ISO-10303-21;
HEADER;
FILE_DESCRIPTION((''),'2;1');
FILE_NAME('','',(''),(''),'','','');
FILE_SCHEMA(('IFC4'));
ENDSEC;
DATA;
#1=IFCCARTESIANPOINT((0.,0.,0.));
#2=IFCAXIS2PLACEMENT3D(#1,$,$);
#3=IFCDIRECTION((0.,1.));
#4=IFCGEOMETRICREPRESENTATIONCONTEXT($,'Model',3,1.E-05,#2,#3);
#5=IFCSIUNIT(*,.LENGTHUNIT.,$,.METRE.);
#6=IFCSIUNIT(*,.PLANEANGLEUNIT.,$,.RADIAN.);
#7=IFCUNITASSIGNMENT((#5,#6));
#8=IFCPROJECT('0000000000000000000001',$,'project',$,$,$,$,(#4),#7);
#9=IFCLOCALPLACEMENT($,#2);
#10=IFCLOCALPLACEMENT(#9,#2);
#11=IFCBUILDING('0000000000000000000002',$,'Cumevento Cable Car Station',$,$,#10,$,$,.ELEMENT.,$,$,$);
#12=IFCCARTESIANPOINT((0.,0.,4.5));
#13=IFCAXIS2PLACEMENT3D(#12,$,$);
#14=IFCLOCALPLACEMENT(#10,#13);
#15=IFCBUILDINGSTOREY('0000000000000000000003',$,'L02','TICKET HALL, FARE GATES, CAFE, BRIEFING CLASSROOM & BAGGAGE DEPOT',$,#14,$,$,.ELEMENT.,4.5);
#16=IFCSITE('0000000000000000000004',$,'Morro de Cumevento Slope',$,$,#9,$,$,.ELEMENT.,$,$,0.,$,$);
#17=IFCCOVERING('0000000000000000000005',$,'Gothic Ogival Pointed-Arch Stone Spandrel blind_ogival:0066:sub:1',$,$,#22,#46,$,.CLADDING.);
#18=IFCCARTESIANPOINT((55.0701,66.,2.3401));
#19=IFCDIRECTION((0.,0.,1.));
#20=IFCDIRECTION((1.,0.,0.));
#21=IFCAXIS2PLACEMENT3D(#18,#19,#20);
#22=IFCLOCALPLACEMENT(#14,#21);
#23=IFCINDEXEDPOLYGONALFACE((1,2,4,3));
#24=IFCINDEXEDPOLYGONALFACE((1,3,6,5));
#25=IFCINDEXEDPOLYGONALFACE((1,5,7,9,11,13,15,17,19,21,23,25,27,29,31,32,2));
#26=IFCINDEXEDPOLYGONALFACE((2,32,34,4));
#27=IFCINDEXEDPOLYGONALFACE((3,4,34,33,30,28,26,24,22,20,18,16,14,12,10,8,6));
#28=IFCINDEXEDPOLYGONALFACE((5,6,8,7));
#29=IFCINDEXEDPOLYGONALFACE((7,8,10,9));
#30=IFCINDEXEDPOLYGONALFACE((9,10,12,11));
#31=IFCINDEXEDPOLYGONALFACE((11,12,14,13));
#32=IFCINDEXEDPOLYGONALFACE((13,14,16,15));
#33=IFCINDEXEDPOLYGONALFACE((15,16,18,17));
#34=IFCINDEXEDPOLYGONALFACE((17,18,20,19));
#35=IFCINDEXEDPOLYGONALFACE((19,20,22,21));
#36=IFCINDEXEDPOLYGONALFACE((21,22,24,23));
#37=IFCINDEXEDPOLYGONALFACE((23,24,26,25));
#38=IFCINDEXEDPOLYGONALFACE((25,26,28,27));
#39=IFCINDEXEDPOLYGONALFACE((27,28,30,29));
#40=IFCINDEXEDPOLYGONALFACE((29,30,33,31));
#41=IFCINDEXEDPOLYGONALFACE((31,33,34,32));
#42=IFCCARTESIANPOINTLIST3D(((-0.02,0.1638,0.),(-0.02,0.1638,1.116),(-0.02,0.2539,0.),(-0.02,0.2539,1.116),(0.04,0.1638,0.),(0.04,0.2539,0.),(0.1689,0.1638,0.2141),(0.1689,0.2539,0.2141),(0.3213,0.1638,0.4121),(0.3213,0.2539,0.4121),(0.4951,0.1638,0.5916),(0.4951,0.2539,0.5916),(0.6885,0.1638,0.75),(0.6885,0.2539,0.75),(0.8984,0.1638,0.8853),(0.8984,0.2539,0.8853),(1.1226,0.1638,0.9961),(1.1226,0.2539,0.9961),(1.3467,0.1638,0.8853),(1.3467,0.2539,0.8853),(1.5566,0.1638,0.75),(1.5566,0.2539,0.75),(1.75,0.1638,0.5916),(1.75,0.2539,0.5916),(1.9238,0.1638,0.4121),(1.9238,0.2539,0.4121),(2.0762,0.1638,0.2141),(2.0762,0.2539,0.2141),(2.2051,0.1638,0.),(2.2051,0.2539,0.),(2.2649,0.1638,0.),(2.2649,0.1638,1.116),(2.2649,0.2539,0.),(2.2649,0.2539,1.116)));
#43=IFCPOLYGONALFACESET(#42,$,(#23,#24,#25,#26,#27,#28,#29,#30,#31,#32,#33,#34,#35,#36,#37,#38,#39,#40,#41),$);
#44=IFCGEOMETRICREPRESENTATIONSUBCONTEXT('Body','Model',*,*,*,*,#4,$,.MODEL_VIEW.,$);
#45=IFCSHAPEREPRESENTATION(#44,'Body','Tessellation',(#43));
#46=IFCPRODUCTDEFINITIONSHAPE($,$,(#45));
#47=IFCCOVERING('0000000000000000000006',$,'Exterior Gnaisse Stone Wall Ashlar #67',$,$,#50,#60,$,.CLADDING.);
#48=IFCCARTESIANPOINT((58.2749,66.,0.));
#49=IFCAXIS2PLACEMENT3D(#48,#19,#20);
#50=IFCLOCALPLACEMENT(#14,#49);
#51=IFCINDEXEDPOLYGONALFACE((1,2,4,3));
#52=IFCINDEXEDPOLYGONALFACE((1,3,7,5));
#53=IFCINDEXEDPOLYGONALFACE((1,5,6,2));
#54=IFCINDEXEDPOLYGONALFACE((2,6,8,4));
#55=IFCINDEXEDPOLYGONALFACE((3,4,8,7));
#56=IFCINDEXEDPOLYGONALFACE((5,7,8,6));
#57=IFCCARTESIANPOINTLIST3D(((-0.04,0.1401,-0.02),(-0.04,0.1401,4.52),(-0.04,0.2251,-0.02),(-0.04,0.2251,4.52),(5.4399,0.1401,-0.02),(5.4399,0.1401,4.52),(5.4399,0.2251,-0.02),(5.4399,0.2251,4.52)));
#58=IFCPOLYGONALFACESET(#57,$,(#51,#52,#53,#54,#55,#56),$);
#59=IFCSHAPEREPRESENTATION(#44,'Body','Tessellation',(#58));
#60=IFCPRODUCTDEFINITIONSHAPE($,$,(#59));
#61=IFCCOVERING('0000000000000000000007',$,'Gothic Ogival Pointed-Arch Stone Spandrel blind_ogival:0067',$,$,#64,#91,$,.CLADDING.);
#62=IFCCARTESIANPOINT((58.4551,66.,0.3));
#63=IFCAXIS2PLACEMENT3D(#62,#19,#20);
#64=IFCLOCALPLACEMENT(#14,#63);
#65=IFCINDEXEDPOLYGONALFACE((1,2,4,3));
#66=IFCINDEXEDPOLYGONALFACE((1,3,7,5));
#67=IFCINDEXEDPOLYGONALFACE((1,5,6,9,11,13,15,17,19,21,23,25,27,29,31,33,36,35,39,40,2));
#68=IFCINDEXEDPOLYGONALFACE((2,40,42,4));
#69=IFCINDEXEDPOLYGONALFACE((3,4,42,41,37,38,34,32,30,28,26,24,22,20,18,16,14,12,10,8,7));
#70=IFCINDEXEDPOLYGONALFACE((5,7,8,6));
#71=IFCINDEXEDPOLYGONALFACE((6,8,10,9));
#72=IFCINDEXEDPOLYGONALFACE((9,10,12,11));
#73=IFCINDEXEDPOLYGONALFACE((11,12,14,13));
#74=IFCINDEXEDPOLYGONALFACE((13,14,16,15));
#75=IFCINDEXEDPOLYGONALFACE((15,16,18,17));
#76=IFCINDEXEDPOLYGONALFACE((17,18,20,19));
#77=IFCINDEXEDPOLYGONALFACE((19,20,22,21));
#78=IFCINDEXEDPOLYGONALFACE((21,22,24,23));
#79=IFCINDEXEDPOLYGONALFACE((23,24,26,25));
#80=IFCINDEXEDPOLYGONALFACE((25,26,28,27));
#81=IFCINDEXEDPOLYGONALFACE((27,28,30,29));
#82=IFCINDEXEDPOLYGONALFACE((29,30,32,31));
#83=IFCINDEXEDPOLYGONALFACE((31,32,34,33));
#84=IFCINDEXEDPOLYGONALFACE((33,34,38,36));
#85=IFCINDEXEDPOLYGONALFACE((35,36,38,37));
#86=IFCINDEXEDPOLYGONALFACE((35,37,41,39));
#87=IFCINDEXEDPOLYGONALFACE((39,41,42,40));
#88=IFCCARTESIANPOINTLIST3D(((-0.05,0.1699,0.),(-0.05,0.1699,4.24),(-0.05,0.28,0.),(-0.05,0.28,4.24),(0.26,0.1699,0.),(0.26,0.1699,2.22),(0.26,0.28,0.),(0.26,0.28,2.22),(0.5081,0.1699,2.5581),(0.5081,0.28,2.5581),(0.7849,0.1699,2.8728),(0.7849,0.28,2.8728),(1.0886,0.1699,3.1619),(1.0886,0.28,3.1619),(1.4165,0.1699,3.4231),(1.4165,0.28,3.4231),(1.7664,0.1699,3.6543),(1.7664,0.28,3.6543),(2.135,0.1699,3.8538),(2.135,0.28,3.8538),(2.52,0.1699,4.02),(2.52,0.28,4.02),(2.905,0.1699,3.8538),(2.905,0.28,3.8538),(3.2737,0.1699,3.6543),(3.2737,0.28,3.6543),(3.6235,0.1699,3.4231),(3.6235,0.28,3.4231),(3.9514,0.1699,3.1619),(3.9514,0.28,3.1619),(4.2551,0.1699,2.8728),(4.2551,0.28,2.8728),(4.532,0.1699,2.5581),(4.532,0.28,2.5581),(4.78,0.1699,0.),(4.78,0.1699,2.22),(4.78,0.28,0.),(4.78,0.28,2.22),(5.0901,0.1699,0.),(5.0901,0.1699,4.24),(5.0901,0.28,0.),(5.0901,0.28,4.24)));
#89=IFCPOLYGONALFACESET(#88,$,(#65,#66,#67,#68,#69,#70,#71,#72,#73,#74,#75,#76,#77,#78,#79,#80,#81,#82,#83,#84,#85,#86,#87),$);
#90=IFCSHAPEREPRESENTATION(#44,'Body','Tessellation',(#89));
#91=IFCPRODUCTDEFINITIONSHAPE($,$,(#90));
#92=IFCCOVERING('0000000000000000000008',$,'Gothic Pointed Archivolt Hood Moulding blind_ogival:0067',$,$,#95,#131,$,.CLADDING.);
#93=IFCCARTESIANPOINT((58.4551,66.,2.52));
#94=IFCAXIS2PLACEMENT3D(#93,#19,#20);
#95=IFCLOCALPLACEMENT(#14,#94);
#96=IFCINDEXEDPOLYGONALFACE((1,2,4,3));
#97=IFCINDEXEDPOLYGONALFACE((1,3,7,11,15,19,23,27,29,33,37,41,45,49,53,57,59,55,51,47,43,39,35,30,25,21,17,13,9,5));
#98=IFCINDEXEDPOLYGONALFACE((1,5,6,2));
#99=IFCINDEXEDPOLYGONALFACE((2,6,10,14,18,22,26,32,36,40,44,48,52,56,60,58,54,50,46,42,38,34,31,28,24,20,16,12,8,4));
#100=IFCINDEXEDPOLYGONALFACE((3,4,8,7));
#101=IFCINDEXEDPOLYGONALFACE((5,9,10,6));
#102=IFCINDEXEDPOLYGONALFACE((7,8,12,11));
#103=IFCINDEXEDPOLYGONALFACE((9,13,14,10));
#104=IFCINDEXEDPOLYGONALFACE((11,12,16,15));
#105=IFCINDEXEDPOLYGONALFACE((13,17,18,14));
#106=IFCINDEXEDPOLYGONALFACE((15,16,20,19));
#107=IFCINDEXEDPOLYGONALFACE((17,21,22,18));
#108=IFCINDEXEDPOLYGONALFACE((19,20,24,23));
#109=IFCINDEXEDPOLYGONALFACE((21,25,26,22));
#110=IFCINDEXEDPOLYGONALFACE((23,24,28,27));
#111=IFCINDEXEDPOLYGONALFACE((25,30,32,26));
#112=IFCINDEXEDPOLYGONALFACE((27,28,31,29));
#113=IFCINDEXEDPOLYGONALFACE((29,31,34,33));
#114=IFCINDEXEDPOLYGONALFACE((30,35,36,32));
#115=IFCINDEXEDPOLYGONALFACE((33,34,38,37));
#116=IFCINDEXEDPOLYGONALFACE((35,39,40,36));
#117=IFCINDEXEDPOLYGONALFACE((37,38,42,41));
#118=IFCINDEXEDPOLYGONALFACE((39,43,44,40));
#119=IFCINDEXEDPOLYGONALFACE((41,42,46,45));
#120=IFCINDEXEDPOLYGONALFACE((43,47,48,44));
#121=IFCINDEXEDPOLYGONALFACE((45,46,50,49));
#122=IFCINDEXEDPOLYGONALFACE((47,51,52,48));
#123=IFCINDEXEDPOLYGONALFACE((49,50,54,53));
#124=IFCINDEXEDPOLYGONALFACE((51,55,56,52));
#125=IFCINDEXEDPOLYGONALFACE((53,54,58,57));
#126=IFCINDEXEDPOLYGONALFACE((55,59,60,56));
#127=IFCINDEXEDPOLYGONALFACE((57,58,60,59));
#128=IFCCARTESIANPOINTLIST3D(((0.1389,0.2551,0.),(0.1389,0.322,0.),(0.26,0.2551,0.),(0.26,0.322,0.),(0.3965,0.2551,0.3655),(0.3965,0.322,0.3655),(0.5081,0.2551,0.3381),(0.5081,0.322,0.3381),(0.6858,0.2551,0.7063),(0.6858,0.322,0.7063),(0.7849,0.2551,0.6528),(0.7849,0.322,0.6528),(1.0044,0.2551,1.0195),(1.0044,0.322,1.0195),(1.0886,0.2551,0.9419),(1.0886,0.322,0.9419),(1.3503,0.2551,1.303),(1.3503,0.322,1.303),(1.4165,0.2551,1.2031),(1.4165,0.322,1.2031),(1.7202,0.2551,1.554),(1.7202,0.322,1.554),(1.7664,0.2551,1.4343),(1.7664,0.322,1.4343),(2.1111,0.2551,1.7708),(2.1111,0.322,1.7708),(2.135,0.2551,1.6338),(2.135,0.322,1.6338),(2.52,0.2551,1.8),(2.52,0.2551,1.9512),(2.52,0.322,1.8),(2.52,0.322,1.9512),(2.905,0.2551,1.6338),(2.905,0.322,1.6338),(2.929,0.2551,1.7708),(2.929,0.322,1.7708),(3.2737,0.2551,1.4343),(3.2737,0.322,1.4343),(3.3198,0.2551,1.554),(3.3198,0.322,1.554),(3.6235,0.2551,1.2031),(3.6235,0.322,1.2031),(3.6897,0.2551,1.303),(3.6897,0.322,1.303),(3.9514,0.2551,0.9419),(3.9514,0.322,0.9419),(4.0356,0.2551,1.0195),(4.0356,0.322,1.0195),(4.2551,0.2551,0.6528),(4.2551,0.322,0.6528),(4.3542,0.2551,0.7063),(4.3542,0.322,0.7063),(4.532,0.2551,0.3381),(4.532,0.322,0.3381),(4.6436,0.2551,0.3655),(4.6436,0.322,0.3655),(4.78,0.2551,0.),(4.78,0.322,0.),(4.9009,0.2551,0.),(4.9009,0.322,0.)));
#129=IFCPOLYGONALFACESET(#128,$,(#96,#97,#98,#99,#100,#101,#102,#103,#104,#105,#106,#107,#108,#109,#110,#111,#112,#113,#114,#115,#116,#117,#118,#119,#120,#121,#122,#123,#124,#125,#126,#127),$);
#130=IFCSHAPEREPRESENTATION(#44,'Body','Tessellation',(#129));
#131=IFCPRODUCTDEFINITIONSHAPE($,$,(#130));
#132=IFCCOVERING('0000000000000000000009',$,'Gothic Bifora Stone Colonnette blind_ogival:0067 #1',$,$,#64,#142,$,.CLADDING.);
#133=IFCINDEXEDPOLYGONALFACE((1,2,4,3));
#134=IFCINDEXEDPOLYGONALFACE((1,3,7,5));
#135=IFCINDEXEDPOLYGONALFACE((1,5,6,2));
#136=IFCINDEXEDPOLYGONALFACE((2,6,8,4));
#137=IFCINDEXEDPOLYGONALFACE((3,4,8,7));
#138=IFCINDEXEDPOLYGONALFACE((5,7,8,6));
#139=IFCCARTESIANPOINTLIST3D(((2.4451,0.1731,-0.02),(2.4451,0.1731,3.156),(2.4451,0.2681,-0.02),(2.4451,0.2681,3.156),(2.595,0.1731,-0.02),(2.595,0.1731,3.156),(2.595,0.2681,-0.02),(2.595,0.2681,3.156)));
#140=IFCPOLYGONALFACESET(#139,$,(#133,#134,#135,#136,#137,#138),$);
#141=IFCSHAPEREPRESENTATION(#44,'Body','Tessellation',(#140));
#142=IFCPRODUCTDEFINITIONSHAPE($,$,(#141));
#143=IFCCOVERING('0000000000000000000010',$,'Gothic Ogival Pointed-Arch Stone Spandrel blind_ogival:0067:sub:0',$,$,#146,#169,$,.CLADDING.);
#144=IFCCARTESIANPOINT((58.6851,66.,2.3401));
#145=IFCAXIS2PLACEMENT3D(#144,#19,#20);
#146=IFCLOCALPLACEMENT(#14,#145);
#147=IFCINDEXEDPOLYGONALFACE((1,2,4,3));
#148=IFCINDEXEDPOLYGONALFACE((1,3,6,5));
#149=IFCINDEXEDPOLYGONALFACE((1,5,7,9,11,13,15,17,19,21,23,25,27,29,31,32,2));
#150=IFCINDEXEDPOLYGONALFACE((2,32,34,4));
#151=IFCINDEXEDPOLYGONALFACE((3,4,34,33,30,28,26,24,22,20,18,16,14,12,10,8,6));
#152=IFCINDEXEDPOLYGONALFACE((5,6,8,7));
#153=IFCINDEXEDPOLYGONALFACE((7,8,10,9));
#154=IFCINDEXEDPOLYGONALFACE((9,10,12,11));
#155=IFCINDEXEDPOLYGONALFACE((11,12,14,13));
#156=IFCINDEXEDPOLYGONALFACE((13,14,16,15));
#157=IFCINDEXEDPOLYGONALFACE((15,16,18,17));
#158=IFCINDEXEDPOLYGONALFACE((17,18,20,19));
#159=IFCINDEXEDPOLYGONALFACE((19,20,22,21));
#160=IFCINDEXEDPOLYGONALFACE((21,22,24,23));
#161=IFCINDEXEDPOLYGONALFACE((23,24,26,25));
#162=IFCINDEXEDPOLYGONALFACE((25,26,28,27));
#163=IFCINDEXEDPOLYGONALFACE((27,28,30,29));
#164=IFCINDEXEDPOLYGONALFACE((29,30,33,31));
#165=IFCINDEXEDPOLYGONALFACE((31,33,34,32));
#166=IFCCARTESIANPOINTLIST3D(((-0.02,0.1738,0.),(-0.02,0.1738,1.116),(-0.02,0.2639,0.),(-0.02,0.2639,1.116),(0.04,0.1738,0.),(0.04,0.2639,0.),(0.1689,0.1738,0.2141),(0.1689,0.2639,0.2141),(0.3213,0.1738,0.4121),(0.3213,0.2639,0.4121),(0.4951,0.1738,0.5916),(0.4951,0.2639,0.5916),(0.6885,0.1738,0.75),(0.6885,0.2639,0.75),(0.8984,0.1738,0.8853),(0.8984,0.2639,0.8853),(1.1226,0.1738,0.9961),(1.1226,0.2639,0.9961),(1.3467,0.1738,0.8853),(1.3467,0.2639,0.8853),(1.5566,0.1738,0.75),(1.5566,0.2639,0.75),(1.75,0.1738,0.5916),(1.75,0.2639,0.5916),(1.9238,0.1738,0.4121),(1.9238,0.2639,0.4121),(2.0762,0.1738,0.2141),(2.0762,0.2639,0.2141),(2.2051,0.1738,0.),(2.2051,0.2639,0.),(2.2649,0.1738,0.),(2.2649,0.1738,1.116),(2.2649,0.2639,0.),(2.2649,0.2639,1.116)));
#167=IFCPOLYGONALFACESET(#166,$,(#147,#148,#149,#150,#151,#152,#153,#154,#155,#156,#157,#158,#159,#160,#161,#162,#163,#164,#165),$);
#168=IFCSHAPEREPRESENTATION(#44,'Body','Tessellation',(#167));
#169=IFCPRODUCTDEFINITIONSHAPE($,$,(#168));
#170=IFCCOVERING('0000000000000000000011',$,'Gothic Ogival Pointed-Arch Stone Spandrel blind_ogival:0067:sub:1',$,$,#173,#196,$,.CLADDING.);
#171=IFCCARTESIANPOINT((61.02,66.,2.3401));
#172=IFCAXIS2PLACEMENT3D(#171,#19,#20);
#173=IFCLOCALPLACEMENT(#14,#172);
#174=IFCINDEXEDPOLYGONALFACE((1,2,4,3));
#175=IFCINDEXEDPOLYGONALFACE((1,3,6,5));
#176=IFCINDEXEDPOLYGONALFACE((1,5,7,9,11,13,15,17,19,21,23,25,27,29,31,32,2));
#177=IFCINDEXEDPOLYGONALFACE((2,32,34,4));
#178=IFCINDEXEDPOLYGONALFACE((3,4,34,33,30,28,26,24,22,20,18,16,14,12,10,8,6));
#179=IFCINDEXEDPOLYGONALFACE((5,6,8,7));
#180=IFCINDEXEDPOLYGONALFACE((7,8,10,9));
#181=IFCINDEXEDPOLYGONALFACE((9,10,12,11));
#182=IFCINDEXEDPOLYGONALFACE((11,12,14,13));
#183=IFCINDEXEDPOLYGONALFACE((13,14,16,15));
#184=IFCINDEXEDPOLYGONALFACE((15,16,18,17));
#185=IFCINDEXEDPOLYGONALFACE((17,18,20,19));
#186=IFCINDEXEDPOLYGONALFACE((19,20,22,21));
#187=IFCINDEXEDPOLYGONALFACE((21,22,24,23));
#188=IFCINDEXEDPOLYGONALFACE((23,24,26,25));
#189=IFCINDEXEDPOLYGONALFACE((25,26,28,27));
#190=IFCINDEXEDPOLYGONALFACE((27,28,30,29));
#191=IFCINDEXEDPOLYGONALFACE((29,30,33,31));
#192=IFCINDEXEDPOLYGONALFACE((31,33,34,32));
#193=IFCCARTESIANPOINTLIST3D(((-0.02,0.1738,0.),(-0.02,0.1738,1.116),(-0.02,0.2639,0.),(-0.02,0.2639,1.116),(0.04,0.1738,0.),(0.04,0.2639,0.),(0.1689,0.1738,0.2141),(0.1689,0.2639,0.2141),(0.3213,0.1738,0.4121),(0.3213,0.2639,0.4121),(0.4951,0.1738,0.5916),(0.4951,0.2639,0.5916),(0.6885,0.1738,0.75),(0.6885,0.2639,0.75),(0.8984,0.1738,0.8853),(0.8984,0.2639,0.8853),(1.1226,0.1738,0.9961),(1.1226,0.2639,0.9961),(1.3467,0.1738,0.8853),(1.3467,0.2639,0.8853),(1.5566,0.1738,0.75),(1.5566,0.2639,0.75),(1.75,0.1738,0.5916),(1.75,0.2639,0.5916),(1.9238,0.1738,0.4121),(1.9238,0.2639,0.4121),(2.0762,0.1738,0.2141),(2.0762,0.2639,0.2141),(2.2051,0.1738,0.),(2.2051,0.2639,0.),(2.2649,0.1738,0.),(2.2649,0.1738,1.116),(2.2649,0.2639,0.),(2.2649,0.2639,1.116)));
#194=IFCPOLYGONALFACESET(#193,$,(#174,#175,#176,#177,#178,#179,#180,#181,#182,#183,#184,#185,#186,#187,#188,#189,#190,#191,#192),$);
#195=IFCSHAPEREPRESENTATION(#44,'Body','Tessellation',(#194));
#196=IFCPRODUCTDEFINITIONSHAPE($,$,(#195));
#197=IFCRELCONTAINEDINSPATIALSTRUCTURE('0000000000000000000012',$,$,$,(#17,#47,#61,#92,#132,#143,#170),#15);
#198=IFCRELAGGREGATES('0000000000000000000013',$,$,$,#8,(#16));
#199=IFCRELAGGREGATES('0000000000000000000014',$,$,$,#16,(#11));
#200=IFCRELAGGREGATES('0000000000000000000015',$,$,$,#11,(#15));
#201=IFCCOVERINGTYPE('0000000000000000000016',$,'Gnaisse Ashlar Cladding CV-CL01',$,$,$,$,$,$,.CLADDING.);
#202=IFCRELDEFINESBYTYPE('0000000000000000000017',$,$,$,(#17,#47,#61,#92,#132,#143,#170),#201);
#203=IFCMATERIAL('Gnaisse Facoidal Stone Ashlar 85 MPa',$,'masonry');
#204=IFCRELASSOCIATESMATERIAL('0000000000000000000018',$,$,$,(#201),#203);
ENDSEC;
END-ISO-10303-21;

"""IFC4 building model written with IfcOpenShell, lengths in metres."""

from ifc_helpers import new_model, si_unit, direction, frame, origin, place, context, subcontext, project, spatial, polyline, outline, extrude, material, type_object, element, save


model = new_model("IFC4")

# Units and contexts
model_context = context("Model", 3, precision=1e-05, world=origin(), true_north=direction((0.0, 1.0)))
body_context = subcontext(model_context, "Body", "Model", "MODEL_VIEW")
ifc_project = project(units=[si_unit("LENGTHUNIT", "METRE"), si_unit("PLANEANGLEUNIT", "RADIAN")], contexts=[model_context])

# Site, building, storey
site_placement = place(None, origin())
site = spatial("IfcSite", under=ifc_project, at=site_placement, Name="Morro de Cumevento Slope", CompositionType="ELEMENT", RefElevation=0.0)
building_placement = place(site_placement, origin())
building = spatial("IfcBuilding", under=site, at=building_placement, Name="Cumevento Cable Car Station", CompositionType="ELEMENT")
storey_placement = place(building_placement, frame((0.0, 0.0, 4.5)))
storey = spatial("IfcBuildingStorey", under=building, at=storey_placement, Name="L02", Description="TICKET HALL, FARE GATES, CAFE, BRIEFING CLASSROOM & BAGGAGE DEPOT", CompositionType="ELEMENT", Elevation=4.5)

# Coverings
ifc_material_1 = material(Name="Gnaisse Facoidal Stone Ashlar 85 MPa", Category="masonry")
covering_type = type_object("IfcCoveringType", Name="Gnaisse Ashlar Cladding CV-CL01", PredefinedType="CLADDING", material=ifc_material_1)
covering_1_placement = place(storey_placement, frame((55.0701, 66.0, 2.3401), z_axis=(0.0, 0.0, 1.0), x_axis=(1.0, 0.0, 0.0)))
element("IfcCovering", 1, at=covering_1_placement, inside=storey, type_object=covering_type, Name="Gothic Ogival Pointed-Arch Stone Spandrel blind_ogival:0066:sub:1", PredefinedType="CLADDING", context=body_context, shape_type="SweptSolid", body=[
    extrude(outline(polyline([(-0.02, 0.0), (-0.02, 1.116), (2.2649, 1.116), (2.2649, 0.0), (2.2051, 0.0), (2.0762, 0.2141), (1.9238, 0.4121), (1.75, 0.5916), (1.5566, 0.75), (1.3467, 0.8853), (1.1226, 0.9961), (0.8984, 0.8853), (0.6885, 0.75), (0.4951, 0.5916), (0.3213, 0.4121), (0.1689, 0.2141), (0.04, 0.0), (-0.02, 0.0)])), frame((0.0, 0.2539, 0.0), z_axis=(0.0, -1.0, 0.0), x_axis=(1.0, 0.0, 0.0)), (0.0, 0.0, 1.0), 0.0901),
])
covering_2_placement = place(storey_placement, frame((58.2749, 66.0, 0.0), z_axis=(0.0, 0.0, 1.0), x_axis=(1.0, 0.0, 0.0)))
element("IfcCovering", 2, at=covering_2_placement, inside=storey, type_object=covering_type, Name="Exterior Gnaisse Stone Wall Ashlar #67", PredefinedType="CLADDING", context=body_context, shape_type="SweptSolid", body=[
    extrude(outline(polyline([(-0.04, -0.02), (5.4399, -0.02), (5.4399, 4.52), (-0.04, 4.52), (-0.04, -0.02)])), frame((0.0, 0.2251, 0.0), z_axis=(0.0, -1.0, 0.0), x_axis=(1.0, 0.0, 0.0)), (0.0, 0.0, 1.0), 0.085),
])
placement = place(storey_placement, frame((58.4551, 66.0, 0.3), z_axis=(0.0, 0.0, 1.0), x_axis=(1.0, 0.0, 0.0)))
element("IfcCovering", 3, at=placement, inside=storey, type_object=covering_type, Name="Gothic Ogival Pointed-Arch Stone Spandrel blind_ogival:0067", PredefinedType="CLADDING", context=body_context, shape_type="SweptSolid", body=[
    extrude(outline(polyline([(-0.05, 0.0), (-0.05, 4.24), (5.0901, 4.24), (5.0901, 0.0), (4.78, 0.0), (4.78, 2.22), (4.532, 2.5581), (4.2551, 2.8728), (3.9514, 3.1619), (3.6235, 3.4231), (3.2737, 3.6543), (2.905, 3.8538), (2.52, 4.02), (2.135, 3.8538), (1.7664, 3.6543), (1.4165, 3.4231), (1.0886, 3.1619), (0.7849, 2.8728), (0.5081, 2.5581), (0.26, 2.22), (0.26, 0.0), (-0.05, 0.0)])), frame((0.0, 0.28, 0.0), z_axis=(0.0, -1.0, 0.0), x_axis=(1.0, 0.0, 0.0)), (0.0, 0.0, 1.0), 0.1101),
])
covering_3_placement = place(storey_placement, frame((58.4551, 66.0, 2.52), z_axis=(0.0, 0.0, 1.0), x_axis=(1.0, 0.0, 0.0)))
element("IfcCovering", 4, at=covering_3_placement, inside=storey, type_object=covering_type, Name="Gothic Pointed Archivolt Hood Moulding blind_ogival:0067", PredefinedType="CLADDING", context=body_context, shape_type="SweptSolid", body=[
    extrude(outline(polyline([(0.26, 0.0), (0.5081, 0.3381), (0.7849, 0.6528), (1.0886, 0.9419), (1.4165, 1.2031), (1.7664, 1.4343), (2.135, 1.6338), (2.52, 1.8), (2.905, 1.6338), (3.2737, 1.4343), (3.6235, 1.2031), (3.9514, 0.9419), (4.2551, 0.6528), (4.532, 0.3381), (4.78, 0.0), (4.9009, 0.0), (4.6436, 0.3655), (4.3542, 0.7063), (4.0356, 1.0195), (3.6897, 1.303), (3.3198, 1.554), (2.929, 1.7708), (2.52, 1.9512), (2.1111, 1.7708), (1.7202, 1.554), (1.3503, 1.303), (1.0044, 1.0195), (0.6858, 0.7063), (0.3965, 0.3655), (0.1389, 0.0), (0.26, 0.0)])), frame((0.0, 0.322, 0.0), z_axis=(0.0, -1.0, 0.0), x_axis=(1.0, 0.0, 0.0)), (0.0, 0.0, 1.0), 0.0669),
])
element("IfcCovering", 5, at=placement, inside=storey, type_object=covering_type, Name="Gothic Bifora Stone Colonnette blind_ogival:0067 #1", PredefinedType="CLADDING", context=body_context, shape_type="SweptSolid", body=[
    extrude(outline(polyline([(2.4451, -0.02), (2.595, -0.02), (2.595, 3.156), (2.4451, 3.156), (2.4451, -0.02)])), frame((0.0, 0.2681, 0.0), z_axis=(0.0, -1.0, 0.0), x_axis=(1.0, 0.0, 0.0)), (0.0, 0.0, 1.0), 0.095),
])
for number, where, z_axis, x_axis, name in (
    (6, (58.6851, 66.0, 2.3401), (0.0, 0.0, 1.0), (1.0, 0.0, 0.0), "Gothic Ogival Pointed-Arch Stone Spandrel blind_ogival:0067:sub:0"),
    (7, (61.02, 66.0, 2.3401), (0.0, 0.0, 1.0), (1.0, 0.0, 0.0), "Gothic Ogival Pointed-Arch Stone Spandrel blind_ogival:0067:sub:1"),
):
    element("IfcCovering", number, at=place(storey_placement, frame(where, z_axis=z_axis, x_axis=x_axis)), inside=storey, type_object=covering_type, Name=name, PredefinedType="CLADDING", context=body_context, shape_type="SweptSolid", body=[
        extrude(outline(polyline([(-0.02, 0.0), (-0.02, 1.116), (2.2649, 1.116), (2.2649, 0.0), (2.2051, 0.0), (2.0762, 0.2141), (1.9238, 0.4121), (1.75, 0.5916), (1.5566, 0.75), (1.3467, 0.8853), (1.1226, 0.9961), (0.8984, 0.8853), (0.6885, 0.75), (0.4951, 0.5916), (0.3213, 0.4121), (0.1689, 0.2141), (0.04, 0.0), (-0.02, 0.0)])), frame((0.0, 0.2639, 0.0), z_axis=(0.0, -1.0, 0.0), x_axis=(1.0, 0.0, 0.0)), (0.0, 0.0, 1.0), 0.0901),
    ])

save(model, "model.ifc")
